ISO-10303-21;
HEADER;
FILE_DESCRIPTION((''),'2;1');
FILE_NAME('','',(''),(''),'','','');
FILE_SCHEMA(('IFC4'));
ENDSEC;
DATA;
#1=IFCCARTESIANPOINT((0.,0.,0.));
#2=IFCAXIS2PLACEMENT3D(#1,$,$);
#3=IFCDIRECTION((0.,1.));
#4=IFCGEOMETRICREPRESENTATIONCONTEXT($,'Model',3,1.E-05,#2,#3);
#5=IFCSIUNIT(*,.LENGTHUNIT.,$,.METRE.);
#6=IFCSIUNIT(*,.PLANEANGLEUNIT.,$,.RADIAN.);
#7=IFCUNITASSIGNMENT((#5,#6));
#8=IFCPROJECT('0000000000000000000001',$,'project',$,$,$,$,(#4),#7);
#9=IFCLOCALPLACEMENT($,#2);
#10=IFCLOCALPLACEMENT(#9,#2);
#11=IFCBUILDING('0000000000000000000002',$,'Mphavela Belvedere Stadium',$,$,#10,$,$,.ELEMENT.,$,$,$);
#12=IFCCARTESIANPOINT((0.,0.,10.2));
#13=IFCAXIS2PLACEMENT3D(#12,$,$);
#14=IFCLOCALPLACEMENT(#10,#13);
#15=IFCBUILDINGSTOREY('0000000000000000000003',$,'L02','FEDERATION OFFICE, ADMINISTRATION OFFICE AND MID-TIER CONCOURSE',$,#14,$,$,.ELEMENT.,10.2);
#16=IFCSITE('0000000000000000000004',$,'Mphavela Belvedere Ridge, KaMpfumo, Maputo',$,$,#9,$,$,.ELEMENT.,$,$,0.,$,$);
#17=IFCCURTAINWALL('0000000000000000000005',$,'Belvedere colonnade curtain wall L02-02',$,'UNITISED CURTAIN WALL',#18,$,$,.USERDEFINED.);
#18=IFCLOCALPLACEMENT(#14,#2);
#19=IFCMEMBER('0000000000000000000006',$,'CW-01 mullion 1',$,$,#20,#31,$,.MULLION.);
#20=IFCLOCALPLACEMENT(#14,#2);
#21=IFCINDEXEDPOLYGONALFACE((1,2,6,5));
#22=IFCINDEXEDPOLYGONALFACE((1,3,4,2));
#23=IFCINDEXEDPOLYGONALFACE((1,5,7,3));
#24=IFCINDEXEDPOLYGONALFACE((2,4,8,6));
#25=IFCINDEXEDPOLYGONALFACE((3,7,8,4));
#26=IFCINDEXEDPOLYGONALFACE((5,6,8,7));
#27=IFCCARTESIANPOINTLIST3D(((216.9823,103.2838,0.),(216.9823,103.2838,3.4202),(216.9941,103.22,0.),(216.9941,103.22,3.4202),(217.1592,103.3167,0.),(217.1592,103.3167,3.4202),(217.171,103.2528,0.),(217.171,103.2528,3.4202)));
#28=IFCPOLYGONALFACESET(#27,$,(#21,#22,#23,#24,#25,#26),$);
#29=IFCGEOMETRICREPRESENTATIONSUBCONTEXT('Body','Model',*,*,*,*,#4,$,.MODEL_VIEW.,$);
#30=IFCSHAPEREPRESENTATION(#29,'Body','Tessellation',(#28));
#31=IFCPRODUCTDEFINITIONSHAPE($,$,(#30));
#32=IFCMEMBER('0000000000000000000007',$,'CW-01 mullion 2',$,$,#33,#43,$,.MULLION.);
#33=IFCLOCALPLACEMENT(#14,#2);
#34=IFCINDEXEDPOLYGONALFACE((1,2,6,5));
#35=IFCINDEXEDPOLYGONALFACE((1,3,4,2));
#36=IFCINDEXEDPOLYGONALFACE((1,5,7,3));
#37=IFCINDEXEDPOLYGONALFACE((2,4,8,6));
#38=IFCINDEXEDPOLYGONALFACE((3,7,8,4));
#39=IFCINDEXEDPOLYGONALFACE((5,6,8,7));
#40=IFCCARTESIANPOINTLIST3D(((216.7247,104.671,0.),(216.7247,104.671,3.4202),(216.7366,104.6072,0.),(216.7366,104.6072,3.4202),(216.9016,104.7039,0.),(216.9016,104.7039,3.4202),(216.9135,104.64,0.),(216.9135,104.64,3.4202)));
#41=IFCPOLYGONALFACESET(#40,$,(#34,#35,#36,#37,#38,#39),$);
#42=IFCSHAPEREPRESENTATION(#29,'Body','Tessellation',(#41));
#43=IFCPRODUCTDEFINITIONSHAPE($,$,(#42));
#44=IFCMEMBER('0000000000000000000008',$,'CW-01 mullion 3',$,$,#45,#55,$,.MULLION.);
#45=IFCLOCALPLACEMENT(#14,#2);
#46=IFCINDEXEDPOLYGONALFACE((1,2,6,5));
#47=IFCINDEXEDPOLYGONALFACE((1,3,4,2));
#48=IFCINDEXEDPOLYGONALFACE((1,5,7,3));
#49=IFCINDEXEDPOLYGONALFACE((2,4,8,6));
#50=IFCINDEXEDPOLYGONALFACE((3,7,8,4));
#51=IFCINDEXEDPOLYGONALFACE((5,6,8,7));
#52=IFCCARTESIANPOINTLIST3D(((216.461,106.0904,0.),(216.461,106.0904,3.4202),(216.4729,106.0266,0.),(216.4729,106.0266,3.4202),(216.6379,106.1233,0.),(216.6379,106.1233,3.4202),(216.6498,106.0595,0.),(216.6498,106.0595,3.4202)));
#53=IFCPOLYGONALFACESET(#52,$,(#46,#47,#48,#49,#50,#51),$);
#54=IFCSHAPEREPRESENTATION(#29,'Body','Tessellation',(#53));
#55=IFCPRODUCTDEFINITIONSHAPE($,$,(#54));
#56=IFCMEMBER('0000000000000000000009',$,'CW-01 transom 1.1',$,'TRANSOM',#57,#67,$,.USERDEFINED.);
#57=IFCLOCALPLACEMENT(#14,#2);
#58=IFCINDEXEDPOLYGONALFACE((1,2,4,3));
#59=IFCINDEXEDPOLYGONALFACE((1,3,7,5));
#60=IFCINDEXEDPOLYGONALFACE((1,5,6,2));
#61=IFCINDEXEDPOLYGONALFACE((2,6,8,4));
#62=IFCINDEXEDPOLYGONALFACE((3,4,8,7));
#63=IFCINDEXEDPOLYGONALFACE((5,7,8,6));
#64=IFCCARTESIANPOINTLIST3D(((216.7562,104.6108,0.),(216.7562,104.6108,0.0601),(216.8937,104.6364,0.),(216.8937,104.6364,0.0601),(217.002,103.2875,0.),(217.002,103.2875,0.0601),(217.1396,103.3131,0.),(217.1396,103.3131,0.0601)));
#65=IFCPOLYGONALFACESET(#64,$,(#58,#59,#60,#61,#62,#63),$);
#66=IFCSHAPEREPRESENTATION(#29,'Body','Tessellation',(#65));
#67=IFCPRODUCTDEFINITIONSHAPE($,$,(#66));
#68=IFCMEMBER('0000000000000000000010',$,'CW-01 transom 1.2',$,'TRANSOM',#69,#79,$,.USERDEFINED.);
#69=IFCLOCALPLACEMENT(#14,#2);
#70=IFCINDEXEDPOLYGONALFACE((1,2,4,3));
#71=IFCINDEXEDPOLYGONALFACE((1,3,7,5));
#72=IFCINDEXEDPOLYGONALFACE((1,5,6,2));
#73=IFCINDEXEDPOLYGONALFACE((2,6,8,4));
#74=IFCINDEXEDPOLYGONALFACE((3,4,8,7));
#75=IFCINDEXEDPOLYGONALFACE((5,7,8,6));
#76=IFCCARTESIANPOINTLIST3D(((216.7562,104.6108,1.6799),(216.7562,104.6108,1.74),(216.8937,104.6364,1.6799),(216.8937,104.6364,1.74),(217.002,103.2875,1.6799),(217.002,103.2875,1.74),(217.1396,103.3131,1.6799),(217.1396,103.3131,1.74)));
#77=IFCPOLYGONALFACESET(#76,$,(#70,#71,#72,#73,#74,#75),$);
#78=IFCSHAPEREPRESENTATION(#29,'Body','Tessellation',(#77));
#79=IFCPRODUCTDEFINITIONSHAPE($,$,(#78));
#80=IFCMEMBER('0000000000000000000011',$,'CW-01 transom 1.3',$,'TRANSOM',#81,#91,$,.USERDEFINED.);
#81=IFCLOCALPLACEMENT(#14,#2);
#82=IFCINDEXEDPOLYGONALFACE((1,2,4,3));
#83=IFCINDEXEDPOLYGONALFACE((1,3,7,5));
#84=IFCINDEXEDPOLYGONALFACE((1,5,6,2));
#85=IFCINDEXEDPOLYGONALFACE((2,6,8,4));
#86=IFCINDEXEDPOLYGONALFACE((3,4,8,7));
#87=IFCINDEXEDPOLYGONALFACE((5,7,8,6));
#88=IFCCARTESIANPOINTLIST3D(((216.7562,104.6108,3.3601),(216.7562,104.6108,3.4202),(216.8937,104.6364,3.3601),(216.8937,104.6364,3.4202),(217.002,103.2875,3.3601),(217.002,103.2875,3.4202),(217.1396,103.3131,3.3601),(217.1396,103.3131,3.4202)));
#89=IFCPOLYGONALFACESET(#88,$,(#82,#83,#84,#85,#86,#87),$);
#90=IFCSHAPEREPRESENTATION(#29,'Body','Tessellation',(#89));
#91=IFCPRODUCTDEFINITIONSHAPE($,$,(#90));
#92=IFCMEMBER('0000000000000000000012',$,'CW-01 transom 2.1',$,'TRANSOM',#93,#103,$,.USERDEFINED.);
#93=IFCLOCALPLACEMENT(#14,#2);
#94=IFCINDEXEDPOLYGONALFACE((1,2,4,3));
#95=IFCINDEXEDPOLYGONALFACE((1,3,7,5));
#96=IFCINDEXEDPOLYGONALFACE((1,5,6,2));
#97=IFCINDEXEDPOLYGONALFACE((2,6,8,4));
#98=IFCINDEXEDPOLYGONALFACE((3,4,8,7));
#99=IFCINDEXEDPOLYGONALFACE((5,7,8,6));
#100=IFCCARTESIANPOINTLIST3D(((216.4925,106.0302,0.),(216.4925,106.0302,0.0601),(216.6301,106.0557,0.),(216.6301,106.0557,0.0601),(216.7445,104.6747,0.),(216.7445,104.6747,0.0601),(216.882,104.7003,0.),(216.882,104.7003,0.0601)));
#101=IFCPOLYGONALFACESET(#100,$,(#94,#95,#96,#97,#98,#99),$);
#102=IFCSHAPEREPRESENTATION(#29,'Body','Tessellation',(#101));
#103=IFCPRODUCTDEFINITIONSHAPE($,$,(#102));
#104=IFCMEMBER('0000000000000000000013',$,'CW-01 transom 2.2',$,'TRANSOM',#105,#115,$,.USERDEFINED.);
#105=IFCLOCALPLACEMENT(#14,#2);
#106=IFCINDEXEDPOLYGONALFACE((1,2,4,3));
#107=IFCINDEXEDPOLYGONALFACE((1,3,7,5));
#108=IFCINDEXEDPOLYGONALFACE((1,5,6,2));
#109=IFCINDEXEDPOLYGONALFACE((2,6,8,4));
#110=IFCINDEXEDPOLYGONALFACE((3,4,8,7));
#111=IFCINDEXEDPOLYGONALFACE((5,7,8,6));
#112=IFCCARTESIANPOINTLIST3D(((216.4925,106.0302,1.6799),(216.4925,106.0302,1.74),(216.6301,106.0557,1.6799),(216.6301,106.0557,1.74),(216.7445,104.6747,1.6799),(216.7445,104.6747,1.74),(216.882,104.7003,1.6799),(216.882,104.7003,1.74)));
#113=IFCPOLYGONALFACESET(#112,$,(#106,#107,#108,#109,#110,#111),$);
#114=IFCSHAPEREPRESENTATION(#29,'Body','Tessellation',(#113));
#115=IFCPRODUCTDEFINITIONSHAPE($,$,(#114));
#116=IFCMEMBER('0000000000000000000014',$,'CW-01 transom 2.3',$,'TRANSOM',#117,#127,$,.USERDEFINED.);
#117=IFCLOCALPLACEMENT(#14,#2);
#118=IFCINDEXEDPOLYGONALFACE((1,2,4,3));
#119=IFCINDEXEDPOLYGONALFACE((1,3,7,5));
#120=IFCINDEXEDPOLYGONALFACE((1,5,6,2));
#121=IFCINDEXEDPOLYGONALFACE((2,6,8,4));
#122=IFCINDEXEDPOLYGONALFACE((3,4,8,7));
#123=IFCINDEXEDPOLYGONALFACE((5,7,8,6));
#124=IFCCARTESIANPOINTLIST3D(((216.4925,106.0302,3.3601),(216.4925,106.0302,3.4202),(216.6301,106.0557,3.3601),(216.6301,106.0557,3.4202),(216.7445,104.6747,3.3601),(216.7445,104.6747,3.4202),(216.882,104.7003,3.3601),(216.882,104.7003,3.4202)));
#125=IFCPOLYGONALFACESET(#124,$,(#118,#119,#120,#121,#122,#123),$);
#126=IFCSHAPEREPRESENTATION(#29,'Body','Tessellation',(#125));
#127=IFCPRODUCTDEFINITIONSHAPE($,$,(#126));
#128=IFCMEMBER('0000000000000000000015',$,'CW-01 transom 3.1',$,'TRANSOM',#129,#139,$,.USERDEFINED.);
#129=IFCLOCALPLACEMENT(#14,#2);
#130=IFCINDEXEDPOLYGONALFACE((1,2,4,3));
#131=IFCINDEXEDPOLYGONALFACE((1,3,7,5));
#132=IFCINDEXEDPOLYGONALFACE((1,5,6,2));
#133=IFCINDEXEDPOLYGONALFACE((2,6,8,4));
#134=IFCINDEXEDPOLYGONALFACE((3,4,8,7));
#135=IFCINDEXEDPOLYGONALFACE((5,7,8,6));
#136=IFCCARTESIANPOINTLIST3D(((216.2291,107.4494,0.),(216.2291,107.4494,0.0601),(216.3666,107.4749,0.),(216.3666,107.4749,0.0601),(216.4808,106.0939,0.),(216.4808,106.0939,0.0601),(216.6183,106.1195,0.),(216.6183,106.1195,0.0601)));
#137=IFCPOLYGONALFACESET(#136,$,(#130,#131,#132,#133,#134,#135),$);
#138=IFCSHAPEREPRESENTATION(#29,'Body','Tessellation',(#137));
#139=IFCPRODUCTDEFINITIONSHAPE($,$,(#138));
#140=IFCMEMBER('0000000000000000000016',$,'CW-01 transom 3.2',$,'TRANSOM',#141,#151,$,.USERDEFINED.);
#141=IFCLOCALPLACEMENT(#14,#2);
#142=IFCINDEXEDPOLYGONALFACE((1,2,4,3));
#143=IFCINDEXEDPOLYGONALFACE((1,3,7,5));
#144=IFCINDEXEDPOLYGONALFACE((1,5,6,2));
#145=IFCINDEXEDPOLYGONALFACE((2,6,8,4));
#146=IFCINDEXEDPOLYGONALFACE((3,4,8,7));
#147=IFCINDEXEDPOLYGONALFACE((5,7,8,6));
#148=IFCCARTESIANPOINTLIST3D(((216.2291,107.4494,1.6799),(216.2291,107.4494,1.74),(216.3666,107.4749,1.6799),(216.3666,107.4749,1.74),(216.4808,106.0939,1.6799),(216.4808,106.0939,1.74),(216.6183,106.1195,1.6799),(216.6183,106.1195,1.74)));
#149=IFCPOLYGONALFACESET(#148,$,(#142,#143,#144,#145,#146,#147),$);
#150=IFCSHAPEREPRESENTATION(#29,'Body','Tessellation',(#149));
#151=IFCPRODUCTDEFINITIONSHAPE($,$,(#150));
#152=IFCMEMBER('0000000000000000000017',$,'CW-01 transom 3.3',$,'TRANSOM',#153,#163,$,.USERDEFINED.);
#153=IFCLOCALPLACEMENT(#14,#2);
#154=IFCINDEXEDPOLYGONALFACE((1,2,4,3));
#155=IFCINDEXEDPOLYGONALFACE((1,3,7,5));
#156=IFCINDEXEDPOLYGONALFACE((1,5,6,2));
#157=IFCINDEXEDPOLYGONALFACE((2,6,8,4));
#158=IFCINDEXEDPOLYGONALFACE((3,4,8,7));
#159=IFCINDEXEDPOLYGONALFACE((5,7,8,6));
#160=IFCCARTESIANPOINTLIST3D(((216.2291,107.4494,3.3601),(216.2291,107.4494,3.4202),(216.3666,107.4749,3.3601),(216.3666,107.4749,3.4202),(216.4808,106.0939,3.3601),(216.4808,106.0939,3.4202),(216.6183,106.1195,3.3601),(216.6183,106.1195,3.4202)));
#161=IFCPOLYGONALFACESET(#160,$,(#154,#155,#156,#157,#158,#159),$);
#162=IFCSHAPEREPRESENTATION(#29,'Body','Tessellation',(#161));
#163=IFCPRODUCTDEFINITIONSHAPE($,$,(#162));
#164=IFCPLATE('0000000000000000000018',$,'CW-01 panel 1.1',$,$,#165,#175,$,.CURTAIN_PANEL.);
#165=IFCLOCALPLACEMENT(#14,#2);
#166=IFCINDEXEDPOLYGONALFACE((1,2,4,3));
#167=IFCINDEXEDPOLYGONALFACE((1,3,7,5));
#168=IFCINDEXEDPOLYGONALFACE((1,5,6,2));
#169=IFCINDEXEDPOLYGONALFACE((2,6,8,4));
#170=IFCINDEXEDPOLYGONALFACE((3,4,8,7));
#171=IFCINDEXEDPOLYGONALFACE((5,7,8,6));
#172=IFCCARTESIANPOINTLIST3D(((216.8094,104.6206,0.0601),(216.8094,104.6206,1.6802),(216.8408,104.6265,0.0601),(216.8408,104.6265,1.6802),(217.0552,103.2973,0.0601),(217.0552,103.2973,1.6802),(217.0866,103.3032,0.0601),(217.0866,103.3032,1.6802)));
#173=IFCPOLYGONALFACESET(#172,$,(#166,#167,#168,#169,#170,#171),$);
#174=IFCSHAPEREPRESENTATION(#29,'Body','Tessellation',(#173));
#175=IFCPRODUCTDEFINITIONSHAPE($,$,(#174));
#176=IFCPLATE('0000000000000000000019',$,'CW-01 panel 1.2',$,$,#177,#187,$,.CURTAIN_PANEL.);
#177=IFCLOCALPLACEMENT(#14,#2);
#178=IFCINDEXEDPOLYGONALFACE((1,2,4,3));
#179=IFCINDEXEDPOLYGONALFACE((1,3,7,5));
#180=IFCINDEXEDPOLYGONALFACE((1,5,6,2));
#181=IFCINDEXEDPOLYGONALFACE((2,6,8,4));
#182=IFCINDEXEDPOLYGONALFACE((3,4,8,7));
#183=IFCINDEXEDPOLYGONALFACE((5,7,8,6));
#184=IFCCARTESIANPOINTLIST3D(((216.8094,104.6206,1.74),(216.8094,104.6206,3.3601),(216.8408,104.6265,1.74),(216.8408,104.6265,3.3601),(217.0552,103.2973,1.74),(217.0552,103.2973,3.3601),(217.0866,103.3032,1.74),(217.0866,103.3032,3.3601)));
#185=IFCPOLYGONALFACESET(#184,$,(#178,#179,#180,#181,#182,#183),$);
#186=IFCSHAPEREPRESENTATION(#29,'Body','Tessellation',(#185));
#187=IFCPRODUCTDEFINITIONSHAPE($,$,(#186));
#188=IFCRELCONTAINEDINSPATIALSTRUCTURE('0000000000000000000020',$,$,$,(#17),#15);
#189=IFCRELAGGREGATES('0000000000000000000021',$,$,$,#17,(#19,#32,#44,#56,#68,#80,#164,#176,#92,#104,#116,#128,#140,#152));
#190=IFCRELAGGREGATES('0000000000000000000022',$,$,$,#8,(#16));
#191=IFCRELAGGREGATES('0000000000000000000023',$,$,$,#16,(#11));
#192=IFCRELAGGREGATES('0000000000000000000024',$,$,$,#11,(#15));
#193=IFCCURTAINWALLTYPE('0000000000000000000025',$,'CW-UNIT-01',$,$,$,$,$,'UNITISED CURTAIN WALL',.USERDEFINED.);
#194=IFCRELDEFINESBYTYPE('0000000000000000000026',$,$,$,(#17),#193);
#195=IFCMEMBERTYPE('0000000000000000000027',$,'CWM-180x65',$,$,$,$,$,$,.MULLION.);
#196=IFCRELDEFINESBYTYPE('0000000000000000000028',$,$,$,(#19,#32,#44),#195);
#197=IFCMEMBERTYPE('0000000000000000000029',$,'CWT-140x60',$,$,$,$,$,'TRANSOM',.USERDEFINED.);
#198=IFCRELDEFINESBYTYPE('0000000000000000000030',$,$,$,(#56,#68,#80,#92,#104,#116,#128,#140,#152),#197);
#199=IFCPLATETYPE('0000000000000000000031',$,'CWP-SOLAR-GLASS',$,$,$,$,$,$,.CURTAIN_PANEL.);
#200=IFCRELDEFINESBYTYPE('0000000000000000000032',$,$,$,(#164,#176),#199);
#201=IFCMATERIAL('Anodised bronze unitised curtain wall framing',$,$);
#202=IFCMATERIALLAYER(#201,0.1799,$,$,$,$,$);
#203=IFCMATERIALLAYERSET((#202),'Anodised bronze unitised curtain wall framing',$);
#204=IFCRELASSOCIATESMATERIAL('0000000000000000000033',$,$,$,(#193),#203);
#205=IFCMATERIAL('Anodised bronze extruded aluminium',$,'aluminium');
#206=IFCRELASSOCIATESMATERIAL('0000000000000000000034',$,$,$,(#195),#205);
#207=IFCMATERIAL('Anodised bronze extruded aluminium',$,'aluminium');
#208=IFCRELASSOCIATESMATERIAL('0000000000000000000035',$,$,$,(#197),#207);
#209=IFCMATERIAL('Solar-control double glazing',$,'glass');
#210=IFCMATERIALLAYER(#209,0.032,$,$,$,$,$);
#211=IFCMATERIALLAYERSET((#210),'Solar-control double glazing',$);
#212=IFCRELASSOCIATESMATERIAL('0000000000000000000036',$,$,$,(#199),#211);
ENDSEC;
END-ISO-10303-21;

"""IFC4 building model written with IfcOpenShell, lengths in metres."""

from ifc_helpers import new_model, si_unit, direction, frame, origin, origin_2d, place, context, subcontext, project, spatial, rectangle, extrude, material, layer, layer_set, material_profile, profile_set, type_object, element, aggregate, save


model = new_model("IFC4")

# Units and contexts
model_context = context("Model", 3, precision=1e-05, world=origin(), true_north=direction((0.0, 1.0)))
body_context = subcontext(model_context, "Body", "Model", "MODEL_VIEW")
ifc_project = project(units=[si_unit("LENGTHUNIT", "METRE"), si_unit("PLANEANGLEUNIT", "RADIAN")], contexts=[model_context])

# Site, building, storey
site_placement = place(None, origin())
site = spatial("IfcSite", under=ifc_project, at=site_placement, Name="Mphavela Belvedere Ridge, KaMpfumo, Maputo", CompositionType="ELEMENT", RefElevation=0.0)
building_placement = place(site_placement, origin())
building = spatial("IfcBuilding", under=site, at=building_placement, Name="Mphavela Belvedere Stadium", CompositionType="ELEMENT")
storey_placement = place(building_placement, frame((0.0, 0.0, 10.2)))
storey = spatial("IfcBuildingStorey", under=building, at=storey_placement, Name="L02", Description="FEDERATION OFFICE, ADMINISTRATION OFFICE AND MID-TIER CONCOURSE", CompositionType="ELEMENT", Elevation=10.2)

# Curtain wall, members, plates
ifc_material_1 = material(Name="Anodised bronze unitised curtain wall framing")
ifc_layer_1 = layer(ifc_material_1, 0.1799)
ifc_layer_set_1 = layer_set([ifc_layer_1], Name="Anodised bronze unitised curtain wall framing")
curtain_wall_type = type_object("IfcCurtainWallType", Name="CW-UNIT-01", ElementType="UNITISED CURTAIN WALL", PredefinedType="USERDEFINED", material=ifc_layer_set_1)
curtain_wall_placement = place(storey_placement, origin())
curtain_wall = element("IfcCurtainWall", 1, at=curtain_wall_placement, inside=storey, type_object=curtain_wall_type, Name="Belvedere colonnade curtain wall L02-02", ObjectType="UNITISED CURTAIN WALL", PredefinedType="USERDEFINED")
ifc_material_2 = material(Name="Anodised bronze extruded aluminium", Category="aluminium")
ifc_material_profile_1 = material_profile(ifc_material_2, rectangle(XDim=0.1799, YDim=0.0649, at=origin_2d()), Name="CW-MUL 180x65")
ifc_profile_set_1 = profile_set([ifc_material_profile_1], Name="Anodised bronze extruded aluminium")
member_type_1 = type_object("IfcMemberType", Name="CWM-180x65", PredefinedType="MULLION", material=ifc_profile_set_1)
member_1_placement = place(storey_placement, frame((217.0767, 103.2683, 0.0), z_axis=(0.0, 0.0, 1.0), x_axis=(-0.983183, -0.182625, 0.0)))
member_1 = element("IfcMember", 2, at=member_1_placement, type_object=member_type_1, Name="CW-01 mullion 1", PredefinedType="MULLION", context=body_context, shape_type="SweptSolid", body=[
    extrude(rectangle(XDim=0.1799, YDim=0.0649, at=origin_2d()), origin(), (0.0, 0.0, 1.0), 3.4202),
])
member_2_placement = place(storey_placement, frame((216.8191, 104.6555, 0.0), z_axis=(0.0, 0.0, 1.0), x_axis=(-0.983183, -0.182625, 0.0)))
member_2 = element("IfcMember", 3, at=member_2_placement, type_object=member_type_1, Name="CW-01 mullion 2", PredefinedType="MULLION", context=body_context, shape_type="SweptSolid", body=[
    extrude(rectangle(XDim=0.1799, YDim=0.0649, at=origin_2d()), origin(), (0.0, 0.0, 1.0), 3.4202),
])
member_3_placement = place(storey_placement, frame((216.5554, 106.075, 0.0), z_axis=(0.0, 0.0, 1.0), x_axis=(-0.983183, -0.182625, 0.0)))
member_3 = element("IfcMember", 4, at=member_3_placement, type_object=member_type_1, Name="CW-01 mullion 3", PredefinedType="MULLION", context=body_context, shape_type="SweptSolid", body=[
    extrude(rectangle(XDim=0.1799, YDim=0.0649, at=origin_2d()), origin(), (0.0, 0.0, 1.0), 3.4202),
])
ifc_material_3 = material(Name="Anodised bronze extruded aluminium", Category="aluminium")
ifc_material_profile_2 = material_profile(ifc_material_3, rectangle(XDim=0.1399, YDim=0.0601, at=origin_2d()), Name="CW-TRN 140x60")
ifc_profile_set_2 = profile_set([ifc_material_profile_2], Name="Anodised bronze extruded aluminium")
member_type_2 = type_object("IfcMemberType", Name="CWT-140x60", ElementType="TRANSOM", PredefinedType="USERDEFINED", material=ifc_profile_set_2)
member_4_placement = place(storey_placement, frame((217.0708, 103.3003, 0.03), z_axis=(-0.182667, 0.983175, 0.0), x_axis=(-0.983175, -0.182667, 0.0)))
member_4 = element("IfcMember", 5, at=member_4_placement, type_object=member_type_2, Name="CW-01 transom 1.1", ObjectType="TRANSOM", PredefinedType="USERDEFINED", context=body_context, shape_type="SweptSolid", body=[
    extrude(rectangle(XDim=0.1399, YDim=0.0601, at=origin_2d()), origin(), (0.0, 0.0, 1.0), 1.3459),
])
member_5_placement = place(storey_placement, frame((217.0708, 103.3003, 1.71), z_axis=(-0.182667, 0.983175, 0.0), x_axis=(-0.983175, -0.182667, 0.0)))
member_5 = element("IfcMember", 6, at=member_5_placement, type_object=member_type_2, Name="CW-01 transom 1.2", ObjectType="TRANSOM", PredefinedType="USERDEFINED", context=body_context, shape_type="SweptSolid", body=[
    extrude(rectangle(XDim=0.1399, YDim=0.0601, at=origin_2d()), origin(), (0.0, 0.0, 1.0), 1.3459),
])
member_6_placement = place(storey_placement, frame((217.0708, 103.3003, 3.3901), z_axis=(-0.182667, 0.983175, 0.0), x_axis=(-0.983175, -0.182667, 0.0)))
member_6 = element("IfcMember", 7, at=member_6_placement, type_object=member_type_2, Name="CW-01 transom 1.3", ObjectType="TRANSOM", PredefinedType="USERDEFINED", context=body_context, shape_type="SweptSolid", body=[
    extrude(rectangle(XDim=0.1399, YDim=0.0601, at=origin_2d()), origin(), (0.0, 0.0, 1.0), 1.3459),
])
member_7_placement = place(storey_placement, frame((216.8132, 104.6875, 0.03), z_axis=(-0.182749, 0.98316, 0.0), x_axis=(-0.98316, -0.182749, 0.0)))
member_7 = element("IfcMember", 8, at=member_7_placement, type_object=member_type_2, Name="CW-01 transom 2.1", ObjectType="TRANSOM", PredefinedType="USERDEFINED", context=body_context, shape_type="SweptSolid", body=[
    extrude(rectangle(XDim=0.1399, YDim=0.0601, at=origin_2d()), origin(), (0.0, 0.0, 1.0), 1.3787),
])
member_8_placement = place(storey_placement, frame((216.8132, 104.6875, 1.71), z_axis=(-0.182749, 0.98316, 0.0), x_axis=(-0.98316, -0.182749, 0.0)))
member_8 = element("IfcMember", 9, at=member_8_placement, type_object=member_type_2, Name="CW-01 transom 2.2", ObjectType="TRANSOM", PredefinedType="USERDEFINED", context=body_context, shape_type="SweptSolid", body=[
    extrude(rectangle(XDim=0.1399, YDim=0.0601, at=origin_2d()), origin(), (0.0, 0.0, 1.0), 1.3787),
])
member_9_placement = place(storey_placement, frame((216.8132, 104.6875, 3.3901), z_axis=(-0.182749, 0.98316, 0.0), x_axis=(-0.98316, -0.182749, 0.0)))
member_9 = element("IfcMember", 10, at=member_9_placement, type_object=member_type_2, Name="CW-01 transom 2.3", ObjectType="TRANSOM", PredefinedType="USERDEFINED", context=body_context, shape_type="SweptSolid", body=[
    extrude(rectangle(XDim=0.1399, YDim=0.0601, at=origin_2d()), origin(), (0.0, 0.0, 1.0), 1.3787),
])
member_10_placement = place(storey_placement, frame((216.5496, 106.1067, 0.03), z_axis=(-0.182578, 0.983191, 0.0), x_axis=(-0.983191, -0.182578, 0.0)))
member_10 = element("IfcMember", 11, at=member_10_placement, type_object=member_type_2, Name="CW-01 transom 3.1", ObjectType="TRANSOM", PredefinedType="USERDEFINED", context=body_context, shape_type="SweptSolid", body=[
    extrude(rectangle(XDim=0.1399, YDim=0.0601, at=origin_2d()), origin(), (0.0, 0.0, 1.0), 1.3787),
])
member_11_placement = place(storey_placement, frame((216.5496, 106.1067, 1.71), z_axis=(-0.182578, 0.983191, 0.0), x_axis=(-0.983191, -0.182578, 0.0)))
member_11 = element("IfcMember", 12, at=member_11_placement, type_object=member_type_2, Name="CW-01 transom 3.2", ObjectType="TRANSOM", PredefinedType="USERDEFINED", context=body_context, shape_type="SweptSolid", body=[
    extrude(rectangle(XDim=0.1399, YDim=0.0601, at=origin_2d()), origin(), (0.0, 0.0, 1.0), 1.3787),
])
member_12_placement = place(storey_placement, frame((216.5496, 106.1067, 3.3901), z_axis=(-0.182578, 0.983191, 0.0), x_axis=(-0.983191, -0.182578, 0.0)))
member_12 = element("IfcMember", 13, at=member_12_placement, type_object=member_type_2, Name="CW-01 transom 3.3", ObjectType="TRANSOM", PredefinedType="USERDEFINED", context=body_context, shape_type="SweptSolid", body=[
    extrude(rectangle(XDim=0.1399, YDim=0.0601, at=origin_2d()), origin(), (0.0, 0.0, 1.0), 1.3787),
])
ifc_material_4 = material(Name="Solar-control double glazing", Category="glass")
ifc_layer_2 = layer(ifc_material_4, 0.032)
ifc_layer_set_2 = layer_set([ifc_layer_2], Name="Solar-control double glazing")
plate_type = type_object("IfcPlateType", Name="CWP-SOLAR-GLASS", PredefinedType="CURTAIN_PANEL", material=ifc_layer_set_2)
plate_1_placement = place(storey_placement, frame((216.948, 103.9619, 0.0601), z_axis=(0.0, 0.0, 1.0), x_axis=(-0.182625, 0.983183, 0.0)))
plate_1 = element("IfcPlate", 14, at=plate_1_placement, type_object=plate_type, Name="CW-01 panel 1.1", PredefinedType="CURTAIN_PANEL", context=body_context, shape_type="SweptSolid", body=[
    extrude(rectangle(XDim=1.3459, YDim=0.032, at=origin_2d()), origin(), (0.0, 0.0, 1.0), 1.6201),
])
plate_2_placement = place(storey_placement, frame((216.948, 103.9619, 1.74), z_axis=(0.0, 0.0, 1.0), x_axis=(-0.182625, 0.983183, 0.0)))
plate_2 = element("IfcPlate", 15, at=plate_2_placement, type_object=plate_type, Name="CW-01 panel 1.2", PredefinedType="CURTAIN_PANEL", context=body_context, shape_type="SweptSolid", body=[
    extrude(rectangle(XDim=1.3459, YDim=0.032, at=origin_2d()), origin(), (0.0, 0.0, 1.0), 1.6201),
])
aggregate(curtain_wall, [member_1, member_2, member_3, member_4, member_5, member_6, plate_1, plate_2, member_7, member_8, member_9, member_10, member_11, member_12])

save(model, "model.ifc")
